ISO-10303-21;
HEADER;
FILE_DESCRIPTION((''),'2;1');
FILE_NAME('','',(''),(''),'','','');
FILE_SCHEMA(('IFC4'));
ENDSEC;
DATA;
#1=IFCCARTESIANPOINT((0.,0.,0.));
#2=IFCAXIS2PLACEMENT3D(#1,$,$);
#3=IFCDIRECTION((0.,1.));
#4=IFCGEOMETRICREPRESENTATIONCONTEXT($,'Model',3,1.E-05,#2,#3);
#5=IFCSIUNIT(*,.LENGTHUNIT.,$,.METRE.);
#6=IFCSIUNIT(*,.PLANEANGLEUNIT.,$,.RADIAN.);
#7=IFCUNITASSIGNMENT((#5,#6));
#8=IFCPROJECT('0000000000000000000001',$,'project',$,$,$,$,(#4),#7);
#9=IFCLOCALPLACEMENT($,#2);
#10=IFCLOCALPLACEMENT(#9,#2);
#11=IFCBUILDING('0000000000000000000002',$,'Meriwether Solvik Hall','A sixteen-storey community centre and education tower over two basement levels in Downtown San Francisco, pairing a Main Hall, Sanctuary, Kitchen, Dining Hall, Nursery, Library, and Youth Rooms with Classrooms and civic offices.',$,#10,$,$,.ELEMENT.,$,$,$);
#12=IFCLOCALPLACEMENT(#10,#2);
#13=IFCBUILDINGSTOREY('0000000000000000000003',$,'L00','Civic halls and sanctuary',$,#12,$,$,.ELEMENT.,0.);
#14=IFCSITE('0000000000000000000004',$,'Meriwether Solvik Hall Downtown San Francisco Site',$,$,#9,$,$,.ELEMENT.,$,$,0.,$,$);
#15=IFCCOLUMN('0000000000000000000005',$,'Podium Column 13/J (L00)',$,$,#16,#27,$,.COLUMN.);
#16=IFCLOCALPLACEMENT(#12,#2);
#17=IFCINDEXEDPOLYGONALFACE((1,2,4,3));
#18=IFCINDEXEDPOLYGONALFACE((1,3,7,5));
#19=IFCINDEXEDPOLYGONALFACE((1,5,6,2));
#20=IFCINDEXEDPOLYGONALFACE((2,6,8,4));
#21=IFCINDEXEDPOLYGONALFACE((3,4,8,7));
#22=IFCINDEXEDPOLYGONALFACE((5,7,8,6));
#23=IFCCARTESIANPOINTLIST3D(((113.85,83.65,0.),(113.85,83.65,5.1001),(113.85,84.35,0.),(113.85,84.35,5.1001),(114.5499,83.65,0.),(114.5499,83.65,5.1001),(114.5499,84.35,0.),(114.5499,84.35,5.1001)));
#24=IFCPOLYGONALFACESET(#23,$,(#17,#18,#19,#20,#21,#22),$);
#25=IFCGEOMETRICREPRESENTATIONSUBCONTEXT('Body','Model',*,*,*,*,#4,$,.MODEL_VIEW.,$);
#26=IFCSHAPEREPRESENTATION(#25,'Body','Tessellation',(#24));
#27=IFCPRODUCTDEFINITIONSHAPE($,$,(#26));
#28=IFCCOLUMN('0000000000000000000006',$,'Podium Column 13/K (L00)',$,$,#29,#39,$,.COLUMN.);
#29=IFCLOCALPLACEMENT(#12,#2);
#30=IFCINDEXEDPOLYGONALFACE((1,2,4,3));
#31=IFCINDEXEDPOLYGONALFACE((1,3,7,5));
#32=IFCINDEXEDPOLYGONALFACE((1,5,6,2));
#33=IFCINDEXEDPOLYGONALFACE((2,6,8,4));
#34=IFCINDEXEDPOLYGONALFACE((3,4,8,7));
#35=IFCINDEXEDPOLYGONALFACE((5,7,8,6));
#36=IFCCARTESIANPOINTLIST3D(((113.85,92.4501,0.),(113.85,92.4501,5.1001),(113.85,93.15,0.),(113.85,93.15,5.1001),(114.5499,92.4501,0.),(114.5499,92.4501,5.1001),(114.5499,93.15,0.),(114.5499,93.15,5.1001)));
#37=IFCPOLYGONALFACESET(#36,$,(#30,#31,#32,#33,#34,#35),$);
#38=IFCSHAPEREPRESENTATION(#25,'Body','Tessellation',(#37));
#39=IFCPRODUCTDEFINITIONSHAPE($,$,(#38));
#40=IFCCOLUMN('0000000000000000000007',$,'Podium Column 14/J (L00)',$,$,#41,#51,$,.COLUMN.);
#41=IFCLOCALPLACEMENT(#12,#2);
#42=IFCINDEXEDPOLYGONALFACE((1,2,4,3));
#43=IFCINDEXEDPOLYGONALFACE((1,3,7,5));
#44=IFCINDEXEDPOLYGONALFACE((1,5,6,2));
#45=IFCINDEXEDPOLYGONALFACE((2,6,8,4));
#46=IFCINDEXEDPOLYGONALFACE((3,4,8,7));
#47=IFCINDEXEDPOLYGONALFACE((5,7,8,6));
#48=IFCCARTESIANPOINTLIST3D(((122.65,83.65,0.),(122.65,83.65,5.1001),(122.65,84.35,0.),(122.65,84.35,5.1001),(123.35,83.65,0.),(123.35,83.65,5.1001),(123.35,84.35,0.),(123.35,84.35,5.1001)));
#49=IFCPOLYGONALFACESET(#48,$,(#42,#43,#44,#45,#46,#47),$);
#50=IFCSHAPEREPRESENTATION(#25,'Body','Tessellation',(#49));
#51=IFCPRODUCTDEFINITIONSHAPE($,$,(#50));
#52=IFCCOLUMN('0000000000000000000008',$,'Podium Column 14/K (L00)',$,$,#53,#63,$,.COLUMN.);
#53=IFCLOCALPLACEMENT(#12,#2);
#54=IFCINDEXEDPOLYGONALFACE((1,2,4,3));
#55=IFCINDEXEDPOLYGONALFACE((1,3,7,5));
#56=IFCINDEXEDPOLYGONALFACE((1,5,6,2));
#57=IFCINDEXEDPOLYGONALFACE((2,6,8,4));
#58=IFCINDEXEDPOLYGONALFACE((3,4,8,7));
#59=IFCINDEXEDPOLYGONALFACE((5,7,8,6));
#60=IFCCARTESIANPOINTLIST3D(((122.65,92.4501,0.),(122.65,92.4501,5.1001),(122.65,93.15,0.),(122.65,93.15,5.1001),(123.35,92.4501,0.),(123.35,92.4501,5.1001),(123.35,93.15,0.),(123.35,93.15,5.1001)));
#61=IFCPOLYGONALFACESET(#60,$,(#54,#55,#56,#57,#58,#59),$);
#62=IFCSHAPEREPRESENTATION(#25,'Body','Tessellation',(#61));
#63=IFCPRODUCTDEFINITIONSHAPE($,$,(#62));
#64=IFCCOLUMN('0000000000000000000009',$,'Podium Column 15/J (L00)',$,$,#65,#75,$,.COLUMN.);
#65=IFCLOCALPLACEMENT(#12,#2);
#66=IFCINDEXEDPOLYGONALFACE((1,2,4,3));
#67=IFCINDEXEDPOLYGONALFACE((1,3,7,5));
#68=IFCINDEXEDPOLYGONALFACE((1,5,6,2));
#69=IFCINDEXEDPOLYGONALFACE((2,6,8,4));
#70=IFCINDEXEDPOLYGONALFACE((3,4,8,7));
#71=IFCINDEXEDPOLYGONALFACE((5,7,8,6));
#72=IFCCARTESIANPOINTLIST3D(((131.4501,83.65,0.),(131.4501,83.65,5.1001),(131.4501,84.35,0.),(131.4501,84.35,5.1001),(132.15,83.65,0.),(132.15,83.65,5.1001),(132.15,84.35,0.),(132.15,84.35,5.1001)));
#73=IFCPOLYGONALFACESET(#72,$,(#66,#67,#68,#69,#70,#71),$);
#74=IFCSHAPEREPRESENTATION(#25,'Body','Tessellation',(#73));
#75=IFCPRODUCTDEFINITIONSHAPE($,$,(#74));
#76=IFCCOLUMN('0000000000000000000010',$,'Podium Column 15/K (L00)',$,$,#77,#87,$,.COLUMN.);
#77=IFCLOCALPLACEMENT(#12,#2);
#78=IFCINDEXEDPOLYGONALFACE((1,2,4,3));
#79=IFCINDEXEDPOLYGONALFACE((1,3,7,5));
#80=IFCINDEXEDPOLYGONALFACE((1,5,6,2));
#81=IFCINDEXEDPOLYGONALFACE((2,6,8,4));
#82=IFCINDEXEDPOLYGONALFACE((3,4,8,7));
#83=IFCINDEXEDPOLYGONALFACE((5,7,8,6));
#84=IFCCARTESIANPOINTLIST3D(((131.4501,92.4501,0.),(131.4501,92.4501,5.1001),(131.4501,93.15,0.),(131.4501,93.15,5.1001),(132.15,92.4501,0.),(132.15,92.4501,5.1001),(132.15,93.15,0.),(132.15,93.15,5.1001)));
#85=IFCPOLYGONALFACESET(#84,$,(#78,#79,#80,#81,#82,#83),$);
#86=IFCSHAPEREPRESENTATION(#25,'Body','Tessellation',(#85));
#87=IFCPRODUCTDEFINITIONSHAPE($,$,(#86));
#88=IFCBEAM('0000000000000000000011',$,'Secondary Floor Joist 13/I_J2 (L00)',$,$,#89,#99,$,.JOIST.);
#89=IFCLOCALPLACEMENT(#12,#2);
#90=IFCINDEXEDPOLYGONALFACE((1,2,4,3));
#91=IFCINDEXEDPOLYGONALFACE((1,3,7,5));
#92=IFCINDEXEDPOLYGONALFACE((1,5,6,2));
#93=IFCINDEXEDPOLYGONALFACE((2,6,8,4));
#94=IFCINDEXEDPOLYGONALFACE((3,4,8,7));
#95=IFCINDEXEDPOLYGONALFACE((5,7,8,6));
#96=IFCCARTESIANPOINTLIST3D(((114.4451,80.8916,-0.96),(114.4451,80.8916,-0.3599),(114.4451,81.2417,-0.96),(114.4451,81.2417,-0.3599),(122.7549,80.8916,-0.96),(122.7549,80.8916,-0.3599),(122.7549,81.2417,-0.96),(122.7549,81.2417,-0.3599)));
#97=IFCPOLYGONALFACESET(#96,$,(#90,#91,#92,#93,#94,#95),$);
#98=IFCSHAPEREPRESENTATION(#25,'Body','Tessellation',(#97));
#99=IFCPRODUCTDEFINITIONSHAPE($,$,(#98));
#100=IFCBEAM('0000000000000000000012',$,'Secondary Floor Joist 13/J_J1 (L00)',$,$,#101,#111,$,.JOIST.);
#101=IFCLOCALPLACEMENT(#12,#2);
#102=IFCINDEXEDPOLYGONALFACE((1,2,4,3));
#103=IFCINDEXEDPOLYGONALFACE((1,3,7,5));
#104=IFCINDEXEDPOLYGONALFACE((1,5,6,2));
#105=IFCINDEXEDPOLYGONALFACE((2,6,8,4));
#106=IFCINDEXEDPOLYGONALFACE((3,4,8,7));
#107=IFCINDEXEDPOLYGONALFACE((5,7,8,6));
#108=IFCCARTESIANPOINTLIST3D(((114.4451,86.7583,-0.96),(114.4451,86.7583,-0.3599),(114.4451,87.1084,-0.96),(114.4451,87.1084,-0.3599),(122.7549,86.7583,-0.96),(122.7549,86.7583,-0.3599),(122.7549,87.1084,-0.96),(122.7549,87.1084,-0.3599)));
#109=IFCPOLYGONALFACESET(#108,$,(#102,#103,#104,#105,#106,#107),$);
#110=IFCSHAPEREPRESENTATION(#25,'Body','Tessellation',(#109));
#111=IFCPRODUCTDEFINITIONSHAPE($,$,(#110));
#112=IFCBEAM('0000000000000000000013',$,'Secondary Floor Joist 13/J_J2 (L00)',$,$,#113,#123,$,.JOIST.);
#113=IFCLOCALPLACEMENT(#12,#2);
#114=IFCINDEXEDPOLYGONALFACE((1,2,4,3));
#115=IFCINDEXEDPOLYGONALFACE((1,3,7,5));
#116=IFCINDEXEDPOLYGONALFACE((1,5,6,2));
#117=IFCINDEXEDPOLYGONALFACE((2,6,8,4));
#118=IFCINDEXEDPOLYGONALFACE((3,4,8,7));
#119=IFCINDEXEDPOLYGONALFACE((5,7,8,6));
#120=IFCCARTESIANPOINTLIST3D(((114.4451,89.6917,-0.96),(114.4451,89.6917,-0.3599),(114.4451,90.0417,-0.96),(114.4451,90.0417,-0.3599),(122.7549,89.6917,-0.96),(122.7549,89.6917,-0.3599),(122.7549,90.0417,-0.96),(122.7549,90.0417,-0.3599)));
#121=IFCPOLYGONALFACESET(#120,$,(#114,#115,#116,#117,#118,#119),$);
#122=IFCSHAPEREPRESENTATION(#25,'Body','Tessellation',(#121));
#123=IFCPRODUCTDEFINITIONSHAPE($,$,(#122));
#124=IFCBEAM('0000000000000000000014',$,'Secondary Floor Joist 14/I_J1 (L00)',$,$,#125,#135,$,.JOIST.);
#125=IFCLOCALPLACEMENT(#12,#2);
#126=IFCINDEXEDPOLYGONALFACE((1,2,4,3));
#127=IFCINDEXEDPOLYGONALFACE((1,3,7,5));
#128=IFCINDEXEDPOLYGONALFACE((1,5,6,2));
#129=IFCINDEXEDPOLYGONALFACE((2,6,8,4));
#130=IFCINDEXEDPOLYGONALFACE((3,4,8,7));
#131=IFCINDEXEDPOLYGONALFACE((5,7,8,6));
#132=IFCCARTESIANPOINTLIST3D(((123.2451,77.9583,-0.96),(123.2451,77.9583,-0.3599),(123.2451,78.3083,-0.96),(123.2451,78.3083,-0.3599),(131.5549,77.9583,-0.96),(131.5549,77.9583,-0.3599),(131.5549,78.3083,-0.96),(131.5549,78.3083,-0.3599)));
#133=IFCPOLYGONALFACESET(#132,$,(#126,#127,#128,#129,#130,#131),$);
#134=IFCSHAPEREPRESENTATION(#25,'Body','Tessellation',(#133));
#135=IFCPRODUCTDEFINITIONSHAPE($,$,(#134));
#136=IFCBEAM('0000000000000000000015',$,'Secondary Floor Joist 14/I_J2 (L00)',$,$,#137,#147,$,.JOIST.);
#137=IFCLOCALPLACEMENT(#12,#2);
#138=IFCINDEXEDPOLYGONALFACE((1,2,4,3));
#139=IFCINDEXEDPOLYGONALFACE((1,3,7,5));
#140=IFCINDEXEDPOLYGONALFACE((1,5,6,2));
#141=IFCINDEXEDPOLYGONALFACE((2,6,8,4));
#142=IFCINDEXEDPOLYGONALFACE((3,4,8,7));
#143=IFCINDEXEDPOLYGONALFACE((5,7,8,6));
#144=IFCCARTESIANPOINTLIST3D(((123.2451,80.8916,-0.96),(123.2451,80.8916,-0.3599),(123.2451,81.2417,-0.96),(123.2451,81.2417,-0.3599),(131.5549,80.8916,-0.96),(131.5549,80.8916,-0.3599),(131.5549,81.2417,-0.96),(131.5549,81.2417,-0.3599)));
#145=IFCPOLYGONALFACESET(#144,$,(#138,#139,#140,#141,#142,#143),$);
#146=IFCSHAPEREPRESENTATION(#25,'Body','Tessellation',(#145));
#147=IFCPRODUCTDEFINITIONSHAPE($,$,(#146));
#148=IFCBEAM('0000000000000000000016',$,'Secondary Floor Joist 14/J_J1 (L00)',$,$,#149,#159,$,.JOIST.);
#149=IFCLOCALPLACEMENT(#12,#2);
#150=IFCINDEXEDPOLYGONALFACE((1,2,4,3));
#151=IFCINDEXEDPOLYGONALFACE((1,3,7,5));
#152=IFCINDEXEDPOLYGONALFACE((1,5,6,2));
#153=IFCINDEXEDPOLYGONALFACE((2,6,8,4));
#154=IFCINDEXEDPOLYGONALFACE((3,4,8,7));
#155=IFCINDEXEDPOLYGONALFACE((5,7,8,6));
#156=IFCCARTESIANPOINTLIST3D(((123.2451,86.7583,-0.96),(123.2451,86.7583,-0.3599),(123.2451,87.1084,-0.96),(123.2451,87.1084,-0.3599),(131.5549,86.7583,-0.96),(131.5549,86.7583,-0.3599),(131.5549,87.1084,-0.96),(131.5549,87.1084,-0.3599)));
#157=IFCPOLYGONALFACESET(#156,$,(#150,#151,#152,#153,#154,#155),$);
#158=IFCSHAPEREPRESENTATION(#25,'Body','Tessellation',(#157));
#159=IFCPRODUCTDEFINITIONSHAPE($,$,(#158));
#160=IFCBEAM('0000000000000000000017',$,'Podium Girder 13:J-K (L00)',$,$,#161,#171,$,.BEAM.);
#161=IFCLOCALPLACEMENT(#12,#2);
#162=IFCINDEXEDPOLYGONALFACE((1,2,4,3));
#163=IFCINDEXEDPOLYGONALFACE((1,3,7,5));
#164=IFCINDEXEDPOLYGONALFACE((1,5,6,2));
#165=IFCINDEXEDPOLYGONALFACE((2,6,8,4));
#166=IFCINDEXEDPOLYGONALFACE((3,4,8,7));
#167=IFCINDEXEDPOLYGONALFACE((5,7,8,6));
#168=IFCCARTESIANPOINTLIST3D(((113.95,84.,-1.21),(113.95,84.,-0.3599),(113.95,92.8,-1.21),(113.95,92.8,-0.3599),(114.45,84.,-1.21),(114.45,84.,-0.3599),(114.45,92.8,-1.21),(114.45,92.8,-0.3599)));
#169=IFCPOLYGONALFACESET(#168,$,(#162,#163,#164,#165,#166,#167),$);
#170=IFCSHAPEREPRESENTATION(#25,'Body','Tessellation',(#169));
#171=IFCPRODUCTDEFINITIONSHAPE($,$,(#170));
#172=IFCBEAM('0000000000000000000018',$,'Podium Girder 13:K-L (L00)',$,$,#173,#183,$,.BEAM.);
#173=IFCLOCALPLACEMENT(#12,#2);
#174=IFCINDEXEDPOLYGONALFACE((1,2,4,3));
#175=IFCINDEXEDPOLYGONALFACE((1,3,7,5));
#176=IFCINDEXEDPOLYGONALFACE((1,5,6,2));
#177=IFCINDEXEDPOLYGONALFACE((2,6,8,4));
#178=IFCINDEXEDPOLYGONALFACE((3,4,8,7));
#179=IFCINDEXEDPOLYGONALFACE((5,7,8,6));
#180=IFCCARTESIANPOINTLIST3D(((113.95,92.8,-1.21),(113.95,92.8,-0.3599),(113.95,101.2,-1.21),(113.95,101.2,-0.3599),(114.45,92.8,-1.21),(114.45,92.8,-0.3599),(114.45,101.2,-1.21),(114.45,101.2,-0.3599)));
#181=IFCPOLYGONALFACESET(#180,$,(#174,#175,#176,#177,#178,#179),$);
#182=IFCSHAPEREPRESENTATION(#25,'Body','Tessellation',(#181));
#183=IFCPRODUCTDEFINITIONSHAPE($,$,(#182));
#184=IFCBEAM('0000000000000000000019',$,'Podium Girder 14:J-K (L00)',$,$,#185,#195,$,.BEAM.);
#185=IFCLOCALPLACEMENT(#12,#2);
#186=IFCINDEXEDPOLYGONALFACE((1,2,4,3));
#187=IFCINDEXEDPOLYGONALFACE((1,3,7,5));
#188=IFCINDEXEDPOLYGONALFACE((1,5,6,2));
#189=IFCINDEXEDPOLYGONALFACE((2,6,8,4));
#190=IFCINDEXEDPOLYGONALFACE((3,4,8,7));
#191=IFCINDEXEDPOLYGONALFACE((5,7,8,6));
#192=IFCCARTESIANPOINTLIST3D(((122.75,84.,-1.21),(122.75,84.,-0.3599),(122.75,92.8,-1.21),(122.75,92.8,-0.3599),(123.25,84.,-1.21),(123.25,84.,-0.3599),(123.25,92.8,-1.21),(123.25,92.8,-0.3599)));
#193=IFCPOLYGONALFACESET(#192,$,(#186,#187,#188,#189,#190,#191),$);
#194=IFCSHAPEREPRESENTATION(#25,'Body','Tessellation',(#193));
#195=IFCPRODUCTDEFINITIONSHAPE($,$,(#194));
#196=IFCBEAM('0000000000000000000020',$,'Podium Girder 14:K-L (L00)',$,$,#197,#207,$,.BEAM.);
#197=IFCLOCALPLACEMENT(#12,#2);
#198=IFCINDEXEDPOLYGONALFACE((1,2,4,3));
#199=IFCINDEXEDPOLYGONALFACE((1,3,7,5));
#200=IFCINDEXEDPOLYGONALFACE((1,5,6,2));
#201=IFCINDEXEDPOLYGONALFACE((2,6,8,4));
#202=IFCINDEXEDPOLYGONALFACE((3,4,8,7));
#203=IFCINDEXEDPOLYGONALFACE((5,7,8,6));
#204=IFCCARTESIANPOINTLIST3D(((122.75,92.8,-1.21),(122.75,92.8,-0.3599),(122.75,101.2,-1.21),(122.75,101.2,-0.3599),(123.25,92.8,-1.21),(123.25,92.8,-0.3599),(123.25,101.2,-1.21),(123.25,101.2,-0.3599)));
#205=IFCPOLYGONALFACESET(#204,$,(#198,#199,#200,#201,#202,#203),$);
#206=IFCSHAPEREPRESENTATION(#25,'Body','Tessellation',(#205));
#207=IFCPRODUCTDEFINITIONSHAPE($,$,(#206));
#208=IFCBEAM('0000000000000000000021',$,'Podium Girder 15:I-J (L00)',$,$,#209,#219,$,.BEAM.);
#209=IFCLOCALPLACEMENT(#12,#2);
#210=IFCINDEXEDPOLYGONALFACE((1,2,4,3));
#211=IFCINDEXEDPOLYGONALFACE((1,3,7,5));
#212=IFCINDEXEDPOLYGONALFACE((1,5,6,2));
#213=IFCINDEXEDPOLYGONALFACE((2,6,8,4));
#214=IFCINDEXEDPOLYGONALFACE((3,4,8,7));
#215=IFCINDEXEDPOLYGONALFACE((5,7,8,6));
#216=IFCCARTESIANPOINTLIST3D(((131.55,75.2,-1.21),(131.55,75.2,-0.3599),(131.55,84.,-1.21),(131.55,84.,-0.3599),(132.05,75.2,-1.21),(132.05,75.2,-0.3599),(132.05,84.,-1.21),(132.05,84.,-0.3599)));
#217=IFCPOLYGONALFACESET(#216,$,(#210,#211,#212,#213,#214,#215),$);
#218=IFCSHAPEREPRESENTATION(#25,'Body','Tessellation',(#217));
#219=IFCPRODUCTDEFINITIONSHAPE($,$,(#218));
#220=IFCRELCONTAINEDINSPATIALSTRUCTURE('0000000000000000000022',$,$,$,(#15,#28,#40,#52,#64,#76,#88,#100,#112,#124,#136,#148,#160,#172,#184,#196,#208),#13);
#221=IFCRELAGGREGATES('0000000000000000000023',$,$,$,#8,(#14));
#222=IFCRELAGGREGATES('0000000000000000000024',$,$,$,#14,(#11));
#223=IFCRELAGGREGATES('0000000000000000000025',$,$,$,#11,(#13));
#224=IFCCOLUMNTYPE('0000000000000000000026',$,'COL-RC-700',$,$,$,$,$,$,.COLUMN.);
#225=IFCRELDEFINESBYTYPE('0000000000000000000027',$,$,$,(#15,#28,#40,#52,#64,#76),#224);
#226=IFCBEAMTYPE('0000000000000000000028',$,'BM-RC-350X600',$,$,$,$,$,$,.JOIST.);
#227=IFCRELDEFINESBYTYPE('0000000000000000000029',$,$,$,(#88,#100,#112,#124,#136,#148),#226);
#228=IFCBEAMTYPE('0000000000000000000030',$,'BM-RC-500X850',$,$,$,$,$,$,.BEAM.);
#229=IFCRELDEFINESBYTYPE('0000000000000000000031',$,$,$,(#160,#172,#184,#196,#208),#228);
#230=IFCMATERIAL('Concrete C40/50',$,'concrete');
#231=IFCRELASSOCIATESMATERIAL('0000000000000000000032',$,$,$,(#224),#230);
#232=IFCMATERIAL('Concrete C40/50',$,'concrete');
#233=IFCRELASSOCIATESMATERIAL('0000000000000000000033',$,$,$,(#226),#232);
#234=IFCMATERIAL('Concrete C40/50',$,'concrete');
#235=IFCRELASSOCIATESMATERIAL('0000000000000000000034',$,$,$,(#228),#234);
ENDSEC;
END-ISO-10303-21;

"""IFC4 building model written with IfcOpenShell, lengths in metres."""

from ifc_helpers import new_model, si_unit, direction, frame, origin, origin_2d, place, context, subcontext, project, spatial, rectangle, extrude, material, material_profile, profile_set, type_object, element, save


model = new_model("IFC4")

# Units and contexts
model_context = context("Model", 3, precision=1e-05, world=origin(), true_north=direction((0.0, 1.0)))
body_context = subcontext(model_context, "Body", "Model", "MODEL_VIEW")
ifc_project = project(units=[si_unit("LENGTHUNIT", "METRE"), si_unit("PLANEANGLEUNIT", "RADIAN")], contexts=[model_context])

# Site, building, storey
site_placement = place(None, origin())
site = spatial("IfcSite", under=ifc_project, at=site_placement, Name="Meriwether Solvik Hall Downtown San Francisco Site", CompositionType="ELEMENT", RefElevation=0.0)
building_placement = place(site_placement, origin())
building = spatial("IfcBuilding", under=site, at=building_placement, Name="Meriwether Solvik Hall", Description="A sixteen-storey community centre and education tower over two basement levels in Downtown San Francisco, pairing a Main Hall, Sanctuary, Kitchen, Dining Hall, Nursery, Library, and Youth Rooms with Classrooms and civic offices.", CompositionType="ELEMENT")
storey_placement = place(building_placement, origin())
storey = spatial("IfcBuildingStorey", under=building, at=storey_placement, Name="L00", Description="Civic halls and sanctuary", CompositionType="ELEMENT", Elevation=0.0)

# Columns
ifc_material_1 = material(Name="Concrete C40/50", Category="concrete")
ifc_material_profile_1 = material_profile(ifc_material_1, rectangle(XDim=0.7, YDim=0.7, at=origin_2d()), Name="RCC-700X700")
ifc_profile_set_1 = profile_set([ifc_material_profile_1], Name="Concrete C40/50")
column_type = type_object("IfcColumnType", Name="COL-RC-700", PredefinedType="COLUMN", material=ifc_profile_set_1)
for number, where, z_axis, x_axis, name in (
    (1, (114.2, 84.0, 0.0), (0.0, 0.0, 1.0), (1.0, 0.0, 0.0), "Podium Column 13/J (L00)"),
    (2, (114.2, 92.8, 0.0), (0.0, 0.0, 1.0), (1.0, 0.0, 0.0), "Podium Column 13/K (L00)"),
    (3, (123.0, 84.0, 0.0), (0.0, 0.0, 1.0), (1.0, 0.0, 0.0), "Podium Column 14/J (L00)"),
    (4, (123.0, 92.8, 0.0), (0.0, 0.0, 1.0), (1.0, 0.0, 0.0), "Podium Column 14/K (L00)"),
    (5, (131.8, 84.0, 0.0), (0.0, 0.0, 1.0), (1.0, 0.0, 0.0), "Podium Column 15/J (L00)"),
    (6, (131.8, 92.8, 0.0), (0.0, 0.0, 1.0), (1.0, 0.0, 0.0), "Podium Column 15/K (L00)"),
):
    element("IfcColumn", number, at=place(storey_placement, frame(where, z_axis=z_axis, x_axis=x_axis)), inside=storey, type_object=column_type, Name=name, PredefinedType="COLUMN", context=body_context, shape_type="SweptSolid", body=[
        extrude(rectangle(XDim=0.7, YDim=0.7, at=origin_2d()), origin(), (0.0, 0.0, 1.0), 5.1001),
    ])

# Beams
ifc_material_2 = material(Name="Concrete C40/50", Category="concrete")
ifc_material_profile_2 = material_profile(ifc_material_2, rectangle(XDim=0.3501, YDim=0.6001, at=origin_2d()), Name="RCB-350X600")
ifc_profile_set_2 = profile_set([ifc_material_profile_2], Name="Concrete C40/50")
beam_type_1 = type_object("IfcBeamType", Name="BM-RC-350X600", PredefinedType="JOIST", material=ifc_profile_set_2)
for number, where, z_axis, x_axis, name in (
    (7, (114.4451, 81.0667, -0.6599), (1.0, 0.0, 0.0), (0.0, 1.0, 0.0), "Secondary Floor Joist 13/I_J2 (L00)"),
    (8, (114.4451, 86.9333, -0.6599), (1.0, 0.0, 0.0), (0.0, 1.0, 0.0), "Secondary Floor Joist 13/J_J1 (L00)"),
    (9, (114.4451, 89.8667, -0.6599), (1.0, 0.0, 0.0), (0.0, 1.0, 0.0), "Secondary Floor Joist 13/J_J2 (L00)"),
    (10, (123.2451, 78.1333, -0.6599), (1.0, 0.0, 0.0), (0.0, 1.0, 0.0), "Secondary Floor Joist 14/I_J1 (L00)"),
    (11, (123.2451, 81.0667, -0.6599), (1.0, 0.0, 0.0), (0.0, 1.0, 0.0), "Secondary Floor Joist 14/I_J2 (L00)"),
    (12, (123.2451, 86.9333, -0.6599), (1.0, 0.0, 0.0), (0.0, 1.0, 0.0), "Secondary Floor Joist 14/J_J1 (L00)"),
):
    element("IfcBeam", number, at=place(storey_placement, frame(where, z_axis=z_axis, x_axis=x_axis)), inside=storey, type_object=beam_type_1, Name=name, PredefinedType="JOIST", context=body_context, shape_type="SweptSolid", body=[
        extrude(rectangle(XDim=0.3501, YDim=0.6001, at=origin_2d()), origin(), (0.0, 0.0, 1.0), 8.3098),
    ])
ifc_material_3 = material(Name="Concrete C40/50", Category="concrete")
ifc_material_profile_3 = material_profile(ifc_material_3, rectangle(XDim=0.5, YDim=0.8501, at=origin_2d()), Name="RCB-500X850")
ifc_profile_set_3 = profile_set([ifc_material_profile_3], Name="Concrete C40/50")
beam_type_2 = type_object("IfcBeamType", Name="BM-RC-500X850", PredefinedType="BEAM", material=ifc_profile_set_3)
beam_1_placement = place(storey_placement, frame((114.2, 84.0, -0.7849), z_axis=(0.0, 1.0, 0.0), x_axis=(-1.0, 0.0, 0.0)))
element("IfcBeam", 13, at=beam_1_placement, inside=storey, type_object=beam_type_2, Name="Podium Girder 13:J-K (L00)", PredefinedType="BEAM", context=body_context, shape_type="SweptSolid", body=[
    extrude(rectangle(XDim=0.5, YDim=0.8501, at=origin_2d()), origin(), (0.0, 0.0, 1.0), 8.8),
])
beam_2_placement = place(storey_placement, frame((114.2, 92.8, -0.7849), z_axis=(0.0, 1.0, 0.0), x_axis=(-1.0, 0.0, 0.0)))
element("IfcBeam", 14, at=beam_2_placement, inside=storey, type_object=beam_type_2, Name="Podium Girder 13:K-L (L00)", PredefinedType="BEAM", context=body_context, shape_type="SweptSolid", body=[
    extrude(rectangle(XDim=0.5, YDim=0.8501, at=origin_2d()), origin(), (0.0, 0.0, 1.0), 8.3999),
])
beam_3_placement = place(storey_placement, frame((123.0, 84.0, -0.7849), z_axis=(0.0, 1.0, 0.0), x_axis=(-1.0, 0.0, 0.0)))
element("IfcBeam", 15, at=beam_3_placement, inside=storey, type_object=beam_type_2, Name="Podium Girder 14:J-K (L00)", PredefinedType="BEAM", context=body_context, shape_type="SweptSolid", body=[
    extrude(rectangle(XDim=0.5, YDim=0.8501, at=origin_2d()), origin(), (0.0, 0.0, 1.0), 8.8),
])
beam_4_placement = place(storey_placement, frame((123.0, 92.8, -0.7849), z_axis=(0.0, 1.0, 0.0), x_axis=(-1.0, 0.0, 0.0)))
element("IfcBeam", 16, at=beam_4_placement, inside=storey, type_object=beam_type_2, Name="Podium Girder 14:K-L (L00)", PredefinedType="BEAM", context=body_context, shape_type="SweptSolid", body=[
    extrude(rectangle(XDim=0.5, YDim=0.8501, at=origin_2d()), origin(), (0.0, 0.0, 1.0), 8.3999),
])
for number, where, z_axis, x_axis, name in (
    (17, (131.8, 75.2, -0.7849), (0.0, 1.0, 0.0), (-1.0, 0.0, 0.0), "Podium Girder 15:I-J (L00)"),
):
    element("IfcBeam", number, at=place(storey_placement, frame(where, z_axis=z_axis, x_axis=x_axis)), inside=storey, type_object=beam_type_2, Name=name, PredefinedType="BEAM", context=body_context, shape_type="SweptSolid", body=[
        extrude(rectangle(XDim=0.5, YDim=0.8501, at=origin_2d()), origin(), (0.0, 0.0, 1.0), 8.8),
    ])

save(model, "model.ifc")
